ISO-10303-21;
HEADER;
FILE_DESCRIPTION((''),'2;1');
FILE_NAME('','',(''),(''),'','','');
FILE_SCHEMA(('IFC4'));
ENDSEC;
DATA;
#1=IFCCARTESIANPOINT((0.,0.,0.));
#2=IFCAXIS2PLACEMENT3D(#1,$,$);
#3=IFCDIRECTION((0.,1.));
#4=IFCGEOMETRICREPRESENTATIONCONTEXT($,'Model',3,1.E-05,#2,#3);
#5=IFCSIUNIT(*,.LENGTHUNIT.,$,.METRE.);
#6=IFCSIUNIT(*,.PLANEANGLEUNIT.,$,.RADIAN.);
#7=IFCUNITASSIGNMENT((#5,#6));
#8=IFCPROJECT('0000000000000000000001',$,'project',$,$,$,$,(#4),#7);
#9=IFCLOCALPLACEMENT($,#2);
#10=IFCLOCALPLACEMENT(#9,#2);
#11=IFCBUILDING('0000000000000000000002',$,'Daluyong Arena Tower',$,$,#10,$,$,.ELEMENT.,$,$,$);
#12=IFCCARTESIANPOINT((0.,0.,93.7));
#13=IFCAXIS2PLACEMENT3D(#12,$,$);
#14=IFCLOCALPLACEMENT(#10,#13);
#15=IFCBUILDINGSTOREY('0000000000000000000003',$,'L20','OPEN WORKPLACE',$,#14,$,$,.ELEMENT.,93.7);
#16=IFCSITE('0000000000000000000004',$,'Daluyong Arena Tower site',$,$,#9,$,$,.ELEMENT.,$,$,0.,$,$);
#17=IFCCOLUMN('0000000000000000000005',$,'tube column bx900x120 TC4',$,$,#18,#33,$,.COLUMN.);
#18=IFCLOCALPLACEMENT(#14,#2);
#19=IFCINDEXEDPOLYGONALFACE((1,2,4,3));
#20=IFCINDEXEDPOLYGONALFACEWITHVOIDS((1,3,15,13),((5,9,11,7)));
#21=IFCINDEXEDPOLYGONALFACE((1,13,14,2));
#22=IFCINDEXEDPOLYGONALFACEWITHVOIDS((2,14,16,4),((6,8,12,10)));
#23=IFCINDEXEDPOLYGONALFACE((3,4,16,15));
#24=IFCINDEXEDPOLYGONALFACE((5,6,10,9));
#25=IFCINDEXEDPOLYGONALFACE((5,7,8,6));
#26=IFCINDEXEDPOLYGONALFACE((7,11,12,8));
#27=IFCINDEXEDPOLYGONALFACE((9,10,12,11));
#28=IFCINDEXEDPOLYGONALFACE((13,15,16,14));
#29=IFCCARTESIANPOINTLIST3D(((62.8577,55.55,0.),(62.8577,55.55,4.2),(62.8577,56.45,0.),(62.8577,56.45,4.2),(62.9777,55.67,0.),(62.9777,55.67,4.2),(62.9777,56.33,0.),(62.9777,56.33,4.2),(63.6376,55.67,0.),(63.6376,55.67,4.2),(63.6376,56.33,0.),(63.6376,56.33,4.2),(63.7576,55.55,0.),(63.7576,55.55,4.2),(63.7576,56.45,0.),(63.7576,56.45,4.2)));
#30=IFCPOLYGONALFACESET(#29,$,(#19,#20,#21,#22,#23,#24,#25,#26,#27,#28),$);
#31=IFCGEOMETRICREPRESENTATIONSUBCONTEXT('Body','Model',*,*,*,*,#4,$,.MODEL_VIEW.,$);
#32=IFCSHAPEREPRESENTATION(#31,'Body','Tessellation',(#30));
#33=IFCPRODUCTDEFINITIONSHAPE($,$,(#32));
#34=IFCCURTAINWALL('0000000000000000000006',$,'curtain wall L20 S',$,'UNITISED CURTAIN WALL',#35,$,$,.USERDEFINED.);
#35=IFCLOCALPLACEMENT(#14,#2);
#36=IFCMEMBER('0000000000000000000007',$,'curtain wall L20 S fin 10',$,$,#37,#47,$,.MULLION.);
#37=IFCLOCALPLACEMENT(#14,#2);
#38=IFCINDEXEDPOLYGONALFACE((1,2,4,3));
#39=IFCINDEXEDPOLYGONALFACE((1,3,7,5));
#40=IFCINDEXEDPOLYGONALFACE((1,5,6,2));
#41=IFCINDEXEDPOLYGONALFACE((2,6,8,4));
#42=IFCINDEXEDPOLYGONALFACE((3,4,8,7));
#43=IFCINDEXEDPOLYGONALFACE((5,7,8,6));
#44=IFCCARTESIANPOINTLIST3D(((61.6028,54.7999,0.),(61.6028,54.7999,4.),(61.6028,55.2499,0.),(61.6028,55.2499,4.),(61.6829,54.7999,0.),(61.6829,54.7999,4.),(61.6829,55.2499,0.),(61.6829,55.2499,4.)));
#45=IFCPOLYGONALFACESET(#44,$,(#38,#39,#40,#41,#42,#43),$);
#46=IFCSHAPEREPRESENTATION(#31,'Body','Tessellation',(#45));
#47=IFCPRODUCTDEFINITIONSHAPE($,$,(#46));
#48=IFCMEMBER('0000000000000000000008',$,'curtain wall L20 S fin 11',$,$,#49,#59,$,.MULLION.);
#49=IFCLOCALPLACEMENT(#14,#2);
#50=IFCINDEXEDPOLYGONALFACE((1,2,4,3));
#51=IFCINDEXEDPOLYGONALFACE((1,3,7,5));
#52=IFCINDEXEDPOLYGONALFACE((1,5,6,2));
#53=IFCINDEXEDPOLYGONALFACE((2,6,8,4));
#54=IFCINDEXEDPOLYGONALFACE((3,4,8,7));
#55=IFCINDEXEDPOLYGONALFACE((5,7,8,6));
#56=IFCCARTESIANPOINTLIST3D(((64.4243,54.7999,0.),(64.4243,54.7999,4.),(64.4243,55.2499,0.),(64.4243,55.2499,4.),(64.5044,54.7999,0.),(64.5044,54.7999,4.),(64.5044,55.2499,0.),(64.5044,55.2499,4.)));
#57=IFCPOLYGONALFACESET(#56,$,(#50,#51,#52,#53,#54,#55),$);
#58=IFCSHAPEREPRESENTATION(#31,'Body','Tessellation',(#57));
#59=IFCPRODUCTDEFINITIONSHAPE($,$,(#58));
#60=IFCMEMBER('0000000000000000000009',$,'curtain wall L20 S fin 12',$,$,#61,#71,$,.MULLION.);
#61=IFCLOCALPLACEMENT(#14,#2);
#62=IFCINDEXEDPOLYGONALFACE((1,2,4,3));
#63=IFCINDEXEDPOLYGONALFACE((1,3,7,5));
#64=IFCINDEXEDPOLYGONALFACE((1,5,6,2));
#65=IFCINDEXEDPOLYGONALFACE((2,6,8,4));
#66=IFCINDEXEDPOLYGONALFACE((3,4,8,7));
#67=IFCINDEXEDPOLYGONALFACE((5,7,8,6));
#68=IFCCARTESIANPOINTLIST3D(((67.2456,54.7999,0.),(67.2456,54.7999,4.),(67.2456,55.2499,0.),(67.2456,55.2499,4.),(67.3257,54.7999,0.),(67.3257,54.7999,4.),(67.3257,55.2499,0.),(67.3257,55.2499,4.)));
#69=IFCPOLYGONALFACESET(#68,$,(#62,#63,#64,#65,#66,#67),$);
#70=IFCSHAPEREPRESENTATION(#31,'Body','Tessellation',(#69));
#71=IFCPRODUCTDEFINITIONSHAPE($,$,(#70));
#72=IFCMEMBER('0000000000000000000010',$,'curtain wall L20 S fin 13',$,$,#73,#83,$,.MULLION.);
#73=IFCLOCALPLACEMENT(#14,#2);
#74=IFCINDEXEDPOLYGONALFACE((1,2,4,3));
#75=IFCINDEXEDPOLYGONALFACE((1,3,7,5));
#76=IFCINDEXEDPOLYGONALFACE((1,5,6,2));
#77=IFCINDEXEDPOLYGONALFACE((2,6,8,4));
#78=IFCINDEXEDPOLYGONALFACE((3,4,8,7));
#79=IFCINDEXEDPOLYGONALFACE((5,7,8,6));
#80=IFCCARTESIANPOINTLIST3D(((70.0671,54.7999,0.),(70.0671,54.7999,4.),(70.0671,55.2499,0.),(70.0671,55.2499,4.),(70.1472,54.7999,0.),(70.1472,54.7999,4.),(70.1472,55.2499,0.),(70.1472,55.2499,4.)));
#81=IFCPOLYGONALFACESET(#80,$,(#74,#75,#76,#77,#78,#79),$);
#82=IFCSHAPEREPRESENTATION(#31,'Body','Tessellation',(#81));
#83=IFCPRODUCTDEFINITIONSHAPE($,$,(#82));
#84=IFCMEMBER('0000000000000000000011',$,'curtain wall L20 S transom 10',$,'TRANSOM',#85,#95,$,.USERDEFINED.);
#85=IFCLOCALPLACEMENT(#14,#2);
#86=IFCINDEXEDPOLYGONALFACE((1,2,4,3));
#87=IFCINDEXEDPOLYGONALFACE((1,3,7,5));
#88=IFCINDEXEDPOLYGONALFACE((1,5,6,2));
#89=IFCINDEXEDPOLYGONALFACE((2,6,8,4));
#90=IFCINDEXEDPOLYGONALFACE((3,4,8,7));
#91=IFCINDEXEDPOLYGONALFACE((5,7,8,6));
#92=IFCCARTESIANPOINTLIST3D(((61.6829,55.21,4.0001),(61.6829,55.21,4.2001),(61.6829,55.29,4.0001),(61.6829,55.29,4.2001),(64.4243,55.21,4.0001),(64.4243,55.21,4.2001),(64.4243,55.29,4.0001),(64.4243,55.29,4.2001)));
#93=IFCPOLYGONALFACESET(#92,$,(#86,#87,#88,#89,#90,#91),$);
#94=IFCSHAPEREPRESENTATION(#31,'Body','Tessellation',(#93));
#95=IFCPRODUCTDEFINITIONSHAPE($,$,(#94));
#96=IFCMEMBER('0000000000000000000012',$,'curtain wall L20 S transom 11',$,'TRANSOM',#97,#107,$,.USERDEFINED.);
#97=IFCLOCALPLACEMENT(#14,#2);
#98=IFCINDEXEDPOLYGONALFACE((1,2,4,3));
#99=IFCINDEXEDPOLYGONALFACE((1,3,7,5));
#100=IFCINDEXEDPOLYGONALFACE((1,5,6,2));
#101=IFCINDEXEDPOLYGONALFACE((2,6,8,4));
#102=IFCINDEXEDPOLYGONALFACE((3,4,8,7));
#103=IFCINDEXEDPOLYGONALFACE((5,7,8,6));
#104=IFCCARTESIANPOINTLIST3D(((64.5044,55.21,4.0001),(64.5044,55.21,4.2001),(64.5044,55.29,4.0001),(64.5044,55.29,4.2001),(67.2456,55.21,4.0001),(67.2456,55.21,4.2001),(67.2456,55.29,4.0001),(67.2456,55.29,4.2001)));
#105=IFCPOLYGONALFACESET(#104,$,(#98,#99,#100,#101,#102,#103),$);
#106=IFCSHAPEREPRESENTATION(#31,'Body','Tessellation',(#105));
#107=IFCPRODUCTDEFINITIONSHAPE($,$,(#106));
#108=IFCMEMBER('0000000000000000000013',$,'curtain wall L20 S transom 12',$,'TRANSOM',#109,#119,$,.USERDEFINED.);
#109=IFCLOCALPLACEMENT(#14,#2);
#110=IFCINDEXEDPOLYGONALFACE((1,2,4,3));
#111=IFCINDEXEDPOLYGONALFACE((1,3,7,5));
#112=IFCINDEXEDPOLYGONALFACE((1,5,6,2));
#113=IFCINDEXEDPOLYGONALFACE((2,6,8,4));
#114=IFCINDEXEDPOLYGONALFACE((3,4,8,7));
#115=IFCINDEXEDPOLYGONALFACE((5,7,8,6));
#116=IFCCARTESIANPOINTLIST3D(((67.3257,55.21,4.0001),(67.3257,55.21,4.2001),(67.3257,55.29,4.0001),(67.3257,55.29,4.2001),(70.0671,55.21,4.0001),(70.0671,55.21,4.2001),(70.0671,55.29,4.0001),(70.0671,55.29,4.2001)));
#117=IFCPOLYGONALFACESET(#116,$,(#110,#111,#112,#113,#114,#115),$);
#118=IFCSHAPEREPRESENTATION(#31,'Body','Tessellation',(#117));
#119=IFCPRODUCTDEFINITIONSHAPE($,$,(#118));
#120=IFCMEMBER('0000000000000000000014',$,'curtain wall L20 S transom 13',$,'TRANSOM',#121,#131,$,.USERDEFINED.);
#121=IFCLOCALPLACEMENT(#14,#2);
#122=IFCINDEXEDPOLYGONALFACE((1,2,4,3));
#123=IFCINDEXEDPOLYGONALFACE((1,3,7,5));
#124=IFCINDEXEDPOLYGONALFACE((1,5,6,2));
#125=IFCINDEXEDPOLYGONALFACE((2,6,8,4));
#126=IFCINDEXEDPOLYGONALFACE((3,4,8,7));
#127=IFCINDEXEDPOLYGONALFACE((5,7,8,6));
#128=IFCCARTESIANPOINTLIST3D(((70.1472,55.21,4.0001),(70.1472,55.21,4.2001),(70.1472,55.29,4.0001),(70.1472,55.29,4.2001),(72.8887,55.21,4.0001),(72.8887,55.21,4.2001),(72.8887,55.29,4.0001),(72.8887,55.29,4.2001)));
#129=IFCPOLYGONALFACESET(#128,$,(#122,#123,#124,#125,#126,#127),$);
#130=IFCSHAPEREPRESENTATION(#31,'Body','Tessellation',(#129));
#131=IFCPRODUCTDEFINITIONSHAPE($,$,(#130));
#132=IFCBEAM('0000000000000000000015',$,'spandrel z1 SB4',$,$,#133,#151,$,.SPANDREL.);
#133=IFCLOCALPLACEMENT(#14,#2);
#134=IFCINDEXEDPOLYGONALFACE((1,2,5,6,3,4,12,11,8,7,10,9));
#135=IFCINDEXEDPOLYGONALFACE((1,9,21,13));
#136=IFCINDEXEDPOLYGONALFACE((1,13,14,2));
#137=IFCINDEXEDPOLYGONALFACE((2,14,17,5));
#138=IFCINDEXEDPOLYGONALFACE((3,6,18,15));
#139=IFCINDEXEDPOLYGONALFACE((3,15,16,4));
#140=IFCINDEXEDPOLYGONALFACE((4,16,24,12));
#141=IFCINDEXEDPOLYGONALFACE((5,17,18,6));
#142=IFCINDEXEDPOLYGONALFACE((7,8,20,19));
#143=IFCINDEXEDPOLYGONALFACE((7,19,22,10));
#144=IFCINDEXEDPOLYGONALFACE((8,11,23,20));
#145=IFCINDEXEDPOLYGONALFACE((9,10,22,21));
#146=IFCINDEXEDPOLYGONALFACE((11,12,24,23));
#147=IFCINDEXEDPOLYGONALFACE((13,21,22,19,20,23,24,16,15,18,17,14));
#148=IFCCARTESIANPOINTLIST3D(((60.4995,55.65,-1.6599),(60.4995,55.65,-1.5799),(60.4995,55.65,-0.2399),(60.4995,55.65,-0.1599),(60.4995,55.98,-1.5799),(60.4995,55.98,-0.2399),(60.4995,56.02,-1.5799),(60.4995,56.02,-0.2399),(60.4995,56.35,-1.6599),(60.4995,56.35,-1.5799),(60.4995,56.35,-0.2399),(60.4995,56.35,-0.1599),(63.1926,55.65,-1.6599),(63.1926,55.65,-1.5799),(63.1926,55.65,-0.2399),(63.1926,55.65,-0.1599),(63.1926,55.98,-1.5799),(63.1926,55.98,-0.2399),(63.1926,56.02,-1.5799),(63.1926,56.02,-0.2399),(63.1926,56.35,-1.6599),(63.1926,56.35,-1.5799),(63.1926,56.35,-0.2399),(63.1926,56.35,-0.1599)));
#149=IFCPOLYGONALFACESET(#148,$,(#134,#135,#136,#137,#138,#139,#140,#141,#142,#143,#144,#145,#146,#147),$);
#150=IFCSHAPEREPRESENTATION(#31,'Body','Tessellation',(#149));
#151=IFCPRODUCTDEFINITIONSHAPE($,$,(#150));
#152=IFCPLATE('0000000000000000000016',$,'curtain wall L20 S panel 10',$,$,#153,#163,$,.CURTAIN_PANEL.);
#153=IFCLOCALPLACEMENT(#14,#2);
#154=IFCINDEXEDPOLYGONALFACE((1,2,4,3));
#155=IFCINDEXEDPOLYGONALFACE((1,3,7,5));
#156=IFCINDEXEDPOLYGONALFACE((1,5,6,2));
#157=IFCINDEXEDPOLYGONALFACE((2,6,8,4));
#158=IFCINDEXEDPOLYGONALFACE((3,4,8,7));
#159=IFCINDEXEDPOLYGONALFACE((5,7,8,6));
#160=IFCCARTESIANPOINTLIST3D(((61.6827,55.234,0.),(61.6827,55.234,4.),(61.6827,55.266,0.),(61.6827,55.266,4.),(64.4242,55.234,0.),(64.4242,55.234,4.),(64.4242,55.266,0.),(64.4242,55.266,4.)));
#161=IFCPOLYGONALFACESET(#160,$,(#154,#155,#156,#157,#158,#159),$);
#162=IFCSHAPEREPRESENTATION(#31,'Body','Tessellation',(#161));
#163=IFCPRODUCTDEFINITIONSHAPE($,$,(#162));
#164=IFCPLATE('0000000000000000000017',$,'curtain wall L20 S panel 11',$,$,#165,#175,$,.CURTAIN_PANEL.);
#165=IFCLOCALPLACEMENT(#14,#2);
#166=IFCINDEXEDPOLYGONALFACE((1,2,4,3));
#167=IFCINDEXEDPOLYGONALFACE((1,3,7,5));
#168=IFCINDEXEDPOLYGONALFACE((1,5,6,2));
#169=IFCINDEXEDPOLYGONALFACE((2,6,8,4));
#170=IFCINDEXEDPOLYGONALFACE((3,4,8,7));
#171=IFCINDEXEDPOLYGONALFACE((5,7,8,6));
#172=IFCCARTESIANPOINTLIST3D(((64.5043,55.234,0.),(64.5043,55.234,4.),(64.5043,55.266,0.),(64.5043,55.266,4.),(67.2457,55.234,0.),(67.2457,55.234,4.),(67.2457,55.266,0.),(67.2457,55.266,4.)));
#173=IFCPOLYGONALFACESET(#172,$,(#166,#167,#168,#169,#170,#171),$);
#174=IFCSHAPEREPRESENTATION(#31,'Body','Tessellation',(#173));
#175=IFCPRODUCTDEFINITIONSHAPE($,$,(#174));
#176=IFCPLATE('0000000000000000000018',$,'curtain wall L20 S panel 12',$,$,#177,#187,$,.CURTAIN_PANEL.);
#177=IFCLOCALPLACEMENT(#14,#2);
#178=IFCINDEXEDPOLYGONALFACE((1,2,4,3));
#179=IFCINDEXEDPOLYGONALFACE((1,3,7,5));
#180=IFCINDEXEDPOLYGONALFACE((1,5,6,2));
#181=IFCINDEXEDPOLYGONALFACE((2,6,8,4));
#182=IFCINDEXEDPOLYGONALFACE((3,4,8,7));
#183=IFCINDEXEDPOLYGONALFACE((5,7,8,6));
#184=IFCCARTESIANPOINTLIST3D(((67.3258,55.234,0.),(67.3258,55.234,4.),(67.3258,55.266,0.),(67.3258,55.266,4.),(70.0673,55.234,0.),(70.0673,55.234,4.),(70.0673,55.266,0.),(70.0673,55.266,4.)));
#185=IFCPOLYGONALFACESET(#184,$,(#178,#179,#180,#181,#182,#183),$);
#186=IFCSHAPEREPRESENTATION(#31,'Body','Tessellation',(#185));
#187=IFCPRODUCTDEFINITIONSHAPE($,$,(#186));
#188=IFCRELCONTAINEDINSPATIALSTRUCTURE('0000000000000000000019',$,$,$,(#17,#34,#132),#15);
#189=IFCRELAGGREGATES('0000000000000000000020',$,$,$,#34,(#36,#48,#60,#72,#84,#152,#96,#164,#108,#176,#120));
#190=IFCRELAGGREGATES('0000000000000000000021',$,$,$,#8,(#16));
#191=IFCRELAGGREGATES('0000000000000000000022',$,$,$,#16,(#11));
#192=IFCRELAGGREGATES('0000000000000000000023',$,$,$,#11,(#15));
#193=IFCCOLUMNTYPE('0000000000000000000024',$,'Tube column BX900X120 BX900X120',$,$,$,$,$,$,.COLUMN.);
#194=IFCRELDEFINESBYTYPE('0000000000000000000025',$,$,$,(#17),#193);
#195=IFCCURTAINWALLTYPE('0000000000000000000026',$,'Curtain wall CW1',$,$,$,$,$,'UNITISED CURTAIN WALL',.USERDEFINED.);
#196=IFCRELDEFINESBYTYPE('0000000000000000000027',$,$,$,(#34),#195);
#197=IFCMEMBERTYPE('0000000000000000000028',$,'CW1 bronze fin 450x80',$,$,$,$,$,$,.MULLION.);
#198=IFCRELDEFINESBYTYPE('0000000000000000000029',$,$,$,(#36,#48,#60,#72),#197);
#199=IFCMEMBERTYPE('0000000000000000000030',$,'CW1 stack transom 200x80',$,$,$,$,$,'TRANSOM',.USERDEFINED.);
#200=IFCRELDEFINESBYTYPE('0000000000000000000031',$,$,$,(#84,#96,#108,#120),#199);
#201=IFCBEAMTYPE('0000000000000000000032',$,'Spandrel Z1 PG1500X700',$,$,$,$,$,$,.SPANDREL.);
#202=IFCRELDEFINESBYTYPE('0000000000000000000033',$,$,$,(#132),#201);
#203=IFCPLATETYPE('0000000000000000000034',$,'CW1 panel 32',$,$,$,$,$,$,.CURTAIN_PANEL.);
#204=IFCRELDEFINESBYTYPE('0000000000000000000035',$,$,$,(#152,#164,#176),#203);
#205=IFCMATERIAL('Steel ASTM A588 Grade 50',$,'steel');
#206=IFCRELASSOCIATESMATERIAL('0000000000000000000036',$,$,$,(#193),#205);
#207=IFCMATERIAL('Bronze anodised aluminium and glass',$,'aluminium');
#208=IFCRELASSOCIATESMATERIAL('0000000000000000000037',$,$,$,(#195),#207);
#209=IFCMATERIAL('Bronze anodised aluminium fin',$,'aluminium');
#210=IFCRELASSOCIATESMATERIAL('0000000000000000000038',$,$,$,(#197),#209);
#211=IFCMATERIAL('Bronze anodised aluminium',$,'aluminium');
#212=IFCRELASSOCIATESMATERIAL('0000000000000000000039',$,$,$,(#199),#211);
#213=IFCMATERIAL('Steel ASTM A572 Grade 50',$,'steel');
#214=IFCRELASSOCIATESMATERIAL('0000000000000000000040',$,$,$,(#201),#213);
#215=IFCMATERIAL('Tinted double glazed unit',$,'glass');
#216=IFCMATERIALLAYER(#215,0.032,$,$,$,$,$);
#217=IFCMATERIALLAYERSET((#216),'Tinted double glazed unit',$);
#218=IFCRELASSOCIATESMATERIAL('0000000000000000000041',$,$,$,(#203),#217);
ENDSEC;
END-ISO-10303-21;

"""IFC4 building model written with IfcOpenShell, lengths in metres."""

from ifc_helpers import new_model, si_unit, direction, frame, origin, origin_2d, place, context, subcontext, project, spatial, rectangle, hollow_rectangle, i_section, extrude, material, layer, layer_set, material_profile, profile_set, type_object, element, aggregate, save


model = new_model("IFC4")

# Units and contexts
model_context = context("Model", 3, precision=1e-05, world=origin(), true_north=direction((0.0, 1.0)))
body_context = subcontext(model_context, "Body", "Model", "MODEL_VIEW")
ifc_project = project(units=[si_unit("LENGTHUNIT", "METRE"), si_unit("PLANEANGLEUNIT", "RADIAN")], contexts=[model_context])

# Site, building, storey
site_placement = place(None, origin())
site = spatial("IfcSite", under=ifc_project, at=site_placement, Name="Daluyong Arena Tower site", CompositionType="ELEMENT", RefElevation=0.0)
building_placement = place(site_placement, origin())
building = spatial("IfcBuilding", under=site, at=building_placement, Name="Daluyong Arena Tower", CompositionType="ELEMENT")
storey_placement = place(building_placement, frame((0.0, 0.0, 93.7)))
storey = spatial("IfcBuildingStorey", under=building, at=storey_placement, Name="L20", Description="OPEN WORKPLACE", CompositionType="ELEMENT", Elevation=93.7)

# Column
ifc_material_1 = material(Name="Steel ASTM A588 Grade 50", Category="steel")
ifc_material_profile_1 = material_profile(ifc_material_1, hollow_rectangle(XDim=0.8999, YDim=0.8999, WallThickness=0.12, at=origin_2d()))
ifc_profile_set_1 = profile_set([ifc_material_profile_1], Name="Steel ASTM A588 Grade 50")
column_type = type_object("IfcColumnType", Name="Tube column BX900X120 BX900X120", PredefinedType="COLUMN", material=ifc_profile_set_1)
column_placement = place(storey_placement, frame((63.3076, 56.0, 0.0), z_axis=(0.0, 0.0, 1.0), x_axis=(1.0, 0.0, 0.0)))
element("IfcColumn", 1, at=column_placement, inside=storey, type_object=column_type, Name="tube column bx900x120 TC4", PredefinedType="COLUMN", context=body_context, shape_type="SweptSolid", body=[
    extrude(hollow_rectangle(XDim=0.8999, YDim=0.8999, WallThickness=0.12, at=origin_2d()), origin(), (0.0, 0.0, 1.0), 4.2),
])

# Curtain wall, members
ifc_material_2 = material(Name="Bronze anodised aluminium and glass", Category="aluminium")
curtain_wall_type = type_object("IfcCurtainWallType", Name="Curtain wall CW1", ElementType="UNITISED CURTAIN WALL", PredefinedType="USERDEFINED", material=ifc_material_2)
curtain_wall_placement = place(storey_placement, origin())
curtain_wall = element("IfcCurtainWall", 2, at=curtain_wall_placement, inside=storey, type_object=curtain_wall_type, Name="curtain wall L20 S", ObjectType="UNITISED CURTAIN WALL", PredefinedType="USERDEFINED")
ifc_material_3 = material(Name="Bronze anodised aluminium fin", Category="aluminium")
ifc_material_profile_2 = material_profile(ifc_material_3, rectangle(XDim=0.45, YDim=0.0801, at=origin_2d()))
ifc_profile_set_2 = profile_set([ifc_material_profile_2], Name="Bronze anodised aluminium fin")
member_type_1 = type_object("IfcMemberType", Name="CW1 bronze fin 450x80", PredefinedType="MULLION", material=ifc_profile_set_2)
member_1_placement = place(storey_placement, frame((61.6428, 55.0249, 0.0), z_axis=(0.0, 0.0, 1.0), x_axis=(0.0, 1.0, 0.0)))
member_1 = element("IfcMember", 3, at=member_1_placement, type_object=member_type_1, Name="curtain wall L20 S fin 10", PredefinedType="MULLION", context=body_context, shape_type="SweptSolid", body=[
    extrude(rectangle(XDim=0.45, YDim=0.0801, at=origin_2d()), origin(), (0.0, 0.0, 1.0), 4.0),
])
member_2_placement = place(storey_placement, frame((64.4644, 55.0249, 0.0), z_axis=(0.0, 0.0, 1.0), x_axis=(0.0, 1.0, 0.0)))
member_2 = element("IfcMember", 4, at=member_2_placement, type_object=member_type_1, Name="curtain wall L20 S fin 11", PredefinedType="MULLION", context=body_context, shape_type="SweptSolid", body=[
    extrude(rectangle(XDim=0.45, YDim=0.0801, at=origin_2d()), origin(), (0.0, 0.0, 1.0), 4.0),
])
member_3_placement = place(storey_placement, frame((67.2856, 55.0249, 0.0), z_axis=(0.0, 0.0, 1.0), x_axis=(0.0, 1.0, 0.0)))
member_3 = element("IfcMember", 5, at=member_3_placement, type_object=member_type_1, Name="curtain wall L20 S fin 12", PredefinedType="MULLION", context=body_context, shape_type="SweptSolid", body=[
    extrude(rectangle(XDim=0.45, YDim=0.0801, at=origin_2d()), origin(), (0.0, 0.0, 1.0), 4.0),
])
member_4_placement = place(storey_placement, frame((70.1072, 55.0249, 0.0), z_axis=(0.0, 0.0, 1.0), x_axis=(0.0, 1.0, 0.0)))
member_4 = element("IfcMember", 6, at=member_4_placement, type_object=member_type_1, Name="curtain wall L20 S fin 13", PredefinedType="MULLION", context=body_context, shape_type="SweptSolid", body=[
    extrude(rectangle(XDim=0.45, YDim=0.0801, at=origin_2d()), origin(), (0.0, 0.0, 1.0), 4.0),
])
ifc_material_4 = material(Name="Bronze anodised aluminium", Category="aluminium")
ifc_material_profile_3 = material_profile(ifc_material_4, rectangle(XDim=0.0801, YDim=0.2, at=origin_2d()))
ifc_profile_set_3 = profile_set([ifc_material_profile_3], Name="Bronze anodised aluminium")
member_type_2 = type_object("IfcMemberType", Name="CW1 stack transom 200x80", ElementType="TRANSOM", PredefinedType="USERDEFINED", material=ifc_profile_set_3)
member_5_placement = place(storey_placement, frame((61.6829, 55.25, 4.1001), z_axis=(1.0, 0.0, 0.0), x_axis=(0.0, 1.0, 0.0)))
member_5 = element("IfcMember", 7, at=member_5_placement, type_object=member_type_2, Name="curtain wall L20 S transom 10", ObjectType="TRANSOM", PredefinedType="USERDEFINED", context=body_context, shape_type="SweptSolid", body=[
    extrude(rectangle(XDim=0.0801, YDim=0.2, at=origin_2d()), origin(), (0.0, 0.0, 1.0), 2.7415),
])
member_6_placement = place(storey_placement, frame((64.5044, 55.25, 4.1001), z_axis=(1.0, 0.0, 0.0), x_axis=(0.0, 1.0, 0.0)))
member_6 = element("IfcMember", 8, at=member_6_placement, type_object=member_type_2, Name="curtain wall L20 S transom 11", ObjectType="TRANSOM", PredefinedType="USERDEFINED", context=body_context, shape_type="SweptSolid", body=[
    extrude(rectangle(XDim=0.0801, YDim=0.2, at=origin_2d()), origin(), (0.0, 0.0, 1.0), 2.7412),
])
member_7_placement = place(storey_placement, frame((67.3257, 55.25, 4.1001), z_axis=(1.0, 0.0, 0.0), x_axis=(0.0, 1.0, 0.0)))
member_7 = element("IfcMember", 9, at=member_7_placement, type_object=member_type_2, Name="curtain wall L20 S transom 12", ObjectType="TRANSOM", PredefinedType="USERDEFINED", context=body_context, shape_type="SweptSolid", body=[
    extrude(rectangle(XDim=0.0801, YDim=0.2, at=origin_2d()), origin(), (0.0, 0.0, 1.0), 2.7415),
])
member_8_placement = place(storey_placement, frame((70.1472, 55.25, 4.1001), z_axis=(1.0, 0.0, 0.0), x_axis=(0.0, 1.0, 0.0)))
member_8 = element("IfcMember", 10, at=member_8_placement, type_object=member_type_2, Name="curtain wall L20 S transom 13", ObjectType="TRANSOM", PredefinedType="USERDEFINED", context=body_context, shape_type="SweptSolid", body=[
    extrude(rectangle(XDim=0.0801, YDim=0.2, at=origin_2d()), origin(), (0.0, 0.0, 1.0), 2.7415),
])

# Beam
ifc_material_5 = material(Name="Steel ASTM A572 Grade 50", Category="steel")
ifc_material_profile_4 = material_profile(ifc_material_5, i_section(OverallWidth=0.7, OverallDepth=1.5, WebThickness=0.04, FlangeThickness=0.08, at=origin_2d()))
ifc_profile_set_4 = profile_set([ifc_material_profile_4], Name="Steel ASTM A572 Grade 50")
beam_type = type_object("IfcBeamType", Name="Spandrel Z1 PG1500X700", PredefinedType="SPANDREL", material=ifc_profile_set_4)
beam_placement = place(storey_placement, frame((60.4995, 56.0, -0.9099), z_axis=(1.0, 0.0, 0.0), x_axis=(0.0, 1.0, 0.0)))
element("IfcBeam", 11, at=beam_placement, inside=storey, type_object=beam_type, Name="spandrel z1 SB4", PredefinedType="SPANDREL", context=body_context, shape_type="SweptSolid", body=[
    extrude(i_section(OverallWidth=0.7, OverallDepth=1.5, WebThickness=0.04, FlangeThickness=0.08, at=origin_2d()), origin(), (0.0, 0.0, 1.0), 2.6931),
])

# Plates
ifc_material_6 = material(Name="Tinted double glazed unit", Category="glass")
ifc_layer_1 = layer(ifc_material_6, 0.032)
ifc_layer_set_1 = layer_set([ifc_layer_1], Name="Tinted double glazed unit")
plate_type = type_object("IfcPlateType", Name="CW1 panel 32", PredefinedType="CURTAIN_PANEL", material=ifc_layer_set_1)
plate_1_placement = place(storey_placement, frame((63.0535, 55.25, 0.0), z_axis=(0.0, 0.0, 1.0), x_axis=(1.0, 0.0, 0.0)))
plate_1 = element("IfcPlate", 12, at=plate_1_placement, type_object=plate_type, Name="curtain wall L20 S panel 10", PredefinedType="CURTAIN_PANEL", context=body_context, shape_type="SweptSolid", body=[
    extrude(rectangle(XDim=2.7415, YDim=0.032, at=origin_2d()), origin(), (0.0, 0.0, 1.0), 4.0),
])
plate_2_placement = place(storey_placement, frame((65.875, 55.25, 0.0), z_axis=(0.0, 0.0, 1.0), x_axis=(1.0, 0.0, 0.0)))
plate_2 = element("IfcPlate", 13, at=plate_2_placement, type_object=plate_type, Name="curtain wall L20 S panel 11", PredefinedType="CURTAIN_PANEL", context=body_context, shape_type="SweptSolid", body=[
    extrude(rectangle(XDim=2.7415, YDim=0.032, at=origin_2d()), origin(), (0.0, 0.0, 1.0), 4.0),
])
plate_3_placement = place(storey_placement, frame((68.6965, 55.25, 0.0), z_axis=(0.0, 0.0, 1.0), x_axis=(1.0, 0.0, 0.0)))
plate_3 = element("IfcPlate", 14, at=plate_3_placement, type_object=plate_type, Name="curtain wall L20 S panel 12", PredefinedType="CURTAIN_PANEL", context=body_context, shape_type="SweptSolid", body=[
    extrude(rectangle(XDim=2.7415, YDim=0.032, at=origin_2d()), origin(), (0.0, 0.0, 1.0), 4.0),
])
aggregate(curtain_wall, [member_1, member_2, member_3, member_4, member_5, plate_1, member_6, plate_2, member_7, plate_3, member_8])

save(model, "model.ifc")
